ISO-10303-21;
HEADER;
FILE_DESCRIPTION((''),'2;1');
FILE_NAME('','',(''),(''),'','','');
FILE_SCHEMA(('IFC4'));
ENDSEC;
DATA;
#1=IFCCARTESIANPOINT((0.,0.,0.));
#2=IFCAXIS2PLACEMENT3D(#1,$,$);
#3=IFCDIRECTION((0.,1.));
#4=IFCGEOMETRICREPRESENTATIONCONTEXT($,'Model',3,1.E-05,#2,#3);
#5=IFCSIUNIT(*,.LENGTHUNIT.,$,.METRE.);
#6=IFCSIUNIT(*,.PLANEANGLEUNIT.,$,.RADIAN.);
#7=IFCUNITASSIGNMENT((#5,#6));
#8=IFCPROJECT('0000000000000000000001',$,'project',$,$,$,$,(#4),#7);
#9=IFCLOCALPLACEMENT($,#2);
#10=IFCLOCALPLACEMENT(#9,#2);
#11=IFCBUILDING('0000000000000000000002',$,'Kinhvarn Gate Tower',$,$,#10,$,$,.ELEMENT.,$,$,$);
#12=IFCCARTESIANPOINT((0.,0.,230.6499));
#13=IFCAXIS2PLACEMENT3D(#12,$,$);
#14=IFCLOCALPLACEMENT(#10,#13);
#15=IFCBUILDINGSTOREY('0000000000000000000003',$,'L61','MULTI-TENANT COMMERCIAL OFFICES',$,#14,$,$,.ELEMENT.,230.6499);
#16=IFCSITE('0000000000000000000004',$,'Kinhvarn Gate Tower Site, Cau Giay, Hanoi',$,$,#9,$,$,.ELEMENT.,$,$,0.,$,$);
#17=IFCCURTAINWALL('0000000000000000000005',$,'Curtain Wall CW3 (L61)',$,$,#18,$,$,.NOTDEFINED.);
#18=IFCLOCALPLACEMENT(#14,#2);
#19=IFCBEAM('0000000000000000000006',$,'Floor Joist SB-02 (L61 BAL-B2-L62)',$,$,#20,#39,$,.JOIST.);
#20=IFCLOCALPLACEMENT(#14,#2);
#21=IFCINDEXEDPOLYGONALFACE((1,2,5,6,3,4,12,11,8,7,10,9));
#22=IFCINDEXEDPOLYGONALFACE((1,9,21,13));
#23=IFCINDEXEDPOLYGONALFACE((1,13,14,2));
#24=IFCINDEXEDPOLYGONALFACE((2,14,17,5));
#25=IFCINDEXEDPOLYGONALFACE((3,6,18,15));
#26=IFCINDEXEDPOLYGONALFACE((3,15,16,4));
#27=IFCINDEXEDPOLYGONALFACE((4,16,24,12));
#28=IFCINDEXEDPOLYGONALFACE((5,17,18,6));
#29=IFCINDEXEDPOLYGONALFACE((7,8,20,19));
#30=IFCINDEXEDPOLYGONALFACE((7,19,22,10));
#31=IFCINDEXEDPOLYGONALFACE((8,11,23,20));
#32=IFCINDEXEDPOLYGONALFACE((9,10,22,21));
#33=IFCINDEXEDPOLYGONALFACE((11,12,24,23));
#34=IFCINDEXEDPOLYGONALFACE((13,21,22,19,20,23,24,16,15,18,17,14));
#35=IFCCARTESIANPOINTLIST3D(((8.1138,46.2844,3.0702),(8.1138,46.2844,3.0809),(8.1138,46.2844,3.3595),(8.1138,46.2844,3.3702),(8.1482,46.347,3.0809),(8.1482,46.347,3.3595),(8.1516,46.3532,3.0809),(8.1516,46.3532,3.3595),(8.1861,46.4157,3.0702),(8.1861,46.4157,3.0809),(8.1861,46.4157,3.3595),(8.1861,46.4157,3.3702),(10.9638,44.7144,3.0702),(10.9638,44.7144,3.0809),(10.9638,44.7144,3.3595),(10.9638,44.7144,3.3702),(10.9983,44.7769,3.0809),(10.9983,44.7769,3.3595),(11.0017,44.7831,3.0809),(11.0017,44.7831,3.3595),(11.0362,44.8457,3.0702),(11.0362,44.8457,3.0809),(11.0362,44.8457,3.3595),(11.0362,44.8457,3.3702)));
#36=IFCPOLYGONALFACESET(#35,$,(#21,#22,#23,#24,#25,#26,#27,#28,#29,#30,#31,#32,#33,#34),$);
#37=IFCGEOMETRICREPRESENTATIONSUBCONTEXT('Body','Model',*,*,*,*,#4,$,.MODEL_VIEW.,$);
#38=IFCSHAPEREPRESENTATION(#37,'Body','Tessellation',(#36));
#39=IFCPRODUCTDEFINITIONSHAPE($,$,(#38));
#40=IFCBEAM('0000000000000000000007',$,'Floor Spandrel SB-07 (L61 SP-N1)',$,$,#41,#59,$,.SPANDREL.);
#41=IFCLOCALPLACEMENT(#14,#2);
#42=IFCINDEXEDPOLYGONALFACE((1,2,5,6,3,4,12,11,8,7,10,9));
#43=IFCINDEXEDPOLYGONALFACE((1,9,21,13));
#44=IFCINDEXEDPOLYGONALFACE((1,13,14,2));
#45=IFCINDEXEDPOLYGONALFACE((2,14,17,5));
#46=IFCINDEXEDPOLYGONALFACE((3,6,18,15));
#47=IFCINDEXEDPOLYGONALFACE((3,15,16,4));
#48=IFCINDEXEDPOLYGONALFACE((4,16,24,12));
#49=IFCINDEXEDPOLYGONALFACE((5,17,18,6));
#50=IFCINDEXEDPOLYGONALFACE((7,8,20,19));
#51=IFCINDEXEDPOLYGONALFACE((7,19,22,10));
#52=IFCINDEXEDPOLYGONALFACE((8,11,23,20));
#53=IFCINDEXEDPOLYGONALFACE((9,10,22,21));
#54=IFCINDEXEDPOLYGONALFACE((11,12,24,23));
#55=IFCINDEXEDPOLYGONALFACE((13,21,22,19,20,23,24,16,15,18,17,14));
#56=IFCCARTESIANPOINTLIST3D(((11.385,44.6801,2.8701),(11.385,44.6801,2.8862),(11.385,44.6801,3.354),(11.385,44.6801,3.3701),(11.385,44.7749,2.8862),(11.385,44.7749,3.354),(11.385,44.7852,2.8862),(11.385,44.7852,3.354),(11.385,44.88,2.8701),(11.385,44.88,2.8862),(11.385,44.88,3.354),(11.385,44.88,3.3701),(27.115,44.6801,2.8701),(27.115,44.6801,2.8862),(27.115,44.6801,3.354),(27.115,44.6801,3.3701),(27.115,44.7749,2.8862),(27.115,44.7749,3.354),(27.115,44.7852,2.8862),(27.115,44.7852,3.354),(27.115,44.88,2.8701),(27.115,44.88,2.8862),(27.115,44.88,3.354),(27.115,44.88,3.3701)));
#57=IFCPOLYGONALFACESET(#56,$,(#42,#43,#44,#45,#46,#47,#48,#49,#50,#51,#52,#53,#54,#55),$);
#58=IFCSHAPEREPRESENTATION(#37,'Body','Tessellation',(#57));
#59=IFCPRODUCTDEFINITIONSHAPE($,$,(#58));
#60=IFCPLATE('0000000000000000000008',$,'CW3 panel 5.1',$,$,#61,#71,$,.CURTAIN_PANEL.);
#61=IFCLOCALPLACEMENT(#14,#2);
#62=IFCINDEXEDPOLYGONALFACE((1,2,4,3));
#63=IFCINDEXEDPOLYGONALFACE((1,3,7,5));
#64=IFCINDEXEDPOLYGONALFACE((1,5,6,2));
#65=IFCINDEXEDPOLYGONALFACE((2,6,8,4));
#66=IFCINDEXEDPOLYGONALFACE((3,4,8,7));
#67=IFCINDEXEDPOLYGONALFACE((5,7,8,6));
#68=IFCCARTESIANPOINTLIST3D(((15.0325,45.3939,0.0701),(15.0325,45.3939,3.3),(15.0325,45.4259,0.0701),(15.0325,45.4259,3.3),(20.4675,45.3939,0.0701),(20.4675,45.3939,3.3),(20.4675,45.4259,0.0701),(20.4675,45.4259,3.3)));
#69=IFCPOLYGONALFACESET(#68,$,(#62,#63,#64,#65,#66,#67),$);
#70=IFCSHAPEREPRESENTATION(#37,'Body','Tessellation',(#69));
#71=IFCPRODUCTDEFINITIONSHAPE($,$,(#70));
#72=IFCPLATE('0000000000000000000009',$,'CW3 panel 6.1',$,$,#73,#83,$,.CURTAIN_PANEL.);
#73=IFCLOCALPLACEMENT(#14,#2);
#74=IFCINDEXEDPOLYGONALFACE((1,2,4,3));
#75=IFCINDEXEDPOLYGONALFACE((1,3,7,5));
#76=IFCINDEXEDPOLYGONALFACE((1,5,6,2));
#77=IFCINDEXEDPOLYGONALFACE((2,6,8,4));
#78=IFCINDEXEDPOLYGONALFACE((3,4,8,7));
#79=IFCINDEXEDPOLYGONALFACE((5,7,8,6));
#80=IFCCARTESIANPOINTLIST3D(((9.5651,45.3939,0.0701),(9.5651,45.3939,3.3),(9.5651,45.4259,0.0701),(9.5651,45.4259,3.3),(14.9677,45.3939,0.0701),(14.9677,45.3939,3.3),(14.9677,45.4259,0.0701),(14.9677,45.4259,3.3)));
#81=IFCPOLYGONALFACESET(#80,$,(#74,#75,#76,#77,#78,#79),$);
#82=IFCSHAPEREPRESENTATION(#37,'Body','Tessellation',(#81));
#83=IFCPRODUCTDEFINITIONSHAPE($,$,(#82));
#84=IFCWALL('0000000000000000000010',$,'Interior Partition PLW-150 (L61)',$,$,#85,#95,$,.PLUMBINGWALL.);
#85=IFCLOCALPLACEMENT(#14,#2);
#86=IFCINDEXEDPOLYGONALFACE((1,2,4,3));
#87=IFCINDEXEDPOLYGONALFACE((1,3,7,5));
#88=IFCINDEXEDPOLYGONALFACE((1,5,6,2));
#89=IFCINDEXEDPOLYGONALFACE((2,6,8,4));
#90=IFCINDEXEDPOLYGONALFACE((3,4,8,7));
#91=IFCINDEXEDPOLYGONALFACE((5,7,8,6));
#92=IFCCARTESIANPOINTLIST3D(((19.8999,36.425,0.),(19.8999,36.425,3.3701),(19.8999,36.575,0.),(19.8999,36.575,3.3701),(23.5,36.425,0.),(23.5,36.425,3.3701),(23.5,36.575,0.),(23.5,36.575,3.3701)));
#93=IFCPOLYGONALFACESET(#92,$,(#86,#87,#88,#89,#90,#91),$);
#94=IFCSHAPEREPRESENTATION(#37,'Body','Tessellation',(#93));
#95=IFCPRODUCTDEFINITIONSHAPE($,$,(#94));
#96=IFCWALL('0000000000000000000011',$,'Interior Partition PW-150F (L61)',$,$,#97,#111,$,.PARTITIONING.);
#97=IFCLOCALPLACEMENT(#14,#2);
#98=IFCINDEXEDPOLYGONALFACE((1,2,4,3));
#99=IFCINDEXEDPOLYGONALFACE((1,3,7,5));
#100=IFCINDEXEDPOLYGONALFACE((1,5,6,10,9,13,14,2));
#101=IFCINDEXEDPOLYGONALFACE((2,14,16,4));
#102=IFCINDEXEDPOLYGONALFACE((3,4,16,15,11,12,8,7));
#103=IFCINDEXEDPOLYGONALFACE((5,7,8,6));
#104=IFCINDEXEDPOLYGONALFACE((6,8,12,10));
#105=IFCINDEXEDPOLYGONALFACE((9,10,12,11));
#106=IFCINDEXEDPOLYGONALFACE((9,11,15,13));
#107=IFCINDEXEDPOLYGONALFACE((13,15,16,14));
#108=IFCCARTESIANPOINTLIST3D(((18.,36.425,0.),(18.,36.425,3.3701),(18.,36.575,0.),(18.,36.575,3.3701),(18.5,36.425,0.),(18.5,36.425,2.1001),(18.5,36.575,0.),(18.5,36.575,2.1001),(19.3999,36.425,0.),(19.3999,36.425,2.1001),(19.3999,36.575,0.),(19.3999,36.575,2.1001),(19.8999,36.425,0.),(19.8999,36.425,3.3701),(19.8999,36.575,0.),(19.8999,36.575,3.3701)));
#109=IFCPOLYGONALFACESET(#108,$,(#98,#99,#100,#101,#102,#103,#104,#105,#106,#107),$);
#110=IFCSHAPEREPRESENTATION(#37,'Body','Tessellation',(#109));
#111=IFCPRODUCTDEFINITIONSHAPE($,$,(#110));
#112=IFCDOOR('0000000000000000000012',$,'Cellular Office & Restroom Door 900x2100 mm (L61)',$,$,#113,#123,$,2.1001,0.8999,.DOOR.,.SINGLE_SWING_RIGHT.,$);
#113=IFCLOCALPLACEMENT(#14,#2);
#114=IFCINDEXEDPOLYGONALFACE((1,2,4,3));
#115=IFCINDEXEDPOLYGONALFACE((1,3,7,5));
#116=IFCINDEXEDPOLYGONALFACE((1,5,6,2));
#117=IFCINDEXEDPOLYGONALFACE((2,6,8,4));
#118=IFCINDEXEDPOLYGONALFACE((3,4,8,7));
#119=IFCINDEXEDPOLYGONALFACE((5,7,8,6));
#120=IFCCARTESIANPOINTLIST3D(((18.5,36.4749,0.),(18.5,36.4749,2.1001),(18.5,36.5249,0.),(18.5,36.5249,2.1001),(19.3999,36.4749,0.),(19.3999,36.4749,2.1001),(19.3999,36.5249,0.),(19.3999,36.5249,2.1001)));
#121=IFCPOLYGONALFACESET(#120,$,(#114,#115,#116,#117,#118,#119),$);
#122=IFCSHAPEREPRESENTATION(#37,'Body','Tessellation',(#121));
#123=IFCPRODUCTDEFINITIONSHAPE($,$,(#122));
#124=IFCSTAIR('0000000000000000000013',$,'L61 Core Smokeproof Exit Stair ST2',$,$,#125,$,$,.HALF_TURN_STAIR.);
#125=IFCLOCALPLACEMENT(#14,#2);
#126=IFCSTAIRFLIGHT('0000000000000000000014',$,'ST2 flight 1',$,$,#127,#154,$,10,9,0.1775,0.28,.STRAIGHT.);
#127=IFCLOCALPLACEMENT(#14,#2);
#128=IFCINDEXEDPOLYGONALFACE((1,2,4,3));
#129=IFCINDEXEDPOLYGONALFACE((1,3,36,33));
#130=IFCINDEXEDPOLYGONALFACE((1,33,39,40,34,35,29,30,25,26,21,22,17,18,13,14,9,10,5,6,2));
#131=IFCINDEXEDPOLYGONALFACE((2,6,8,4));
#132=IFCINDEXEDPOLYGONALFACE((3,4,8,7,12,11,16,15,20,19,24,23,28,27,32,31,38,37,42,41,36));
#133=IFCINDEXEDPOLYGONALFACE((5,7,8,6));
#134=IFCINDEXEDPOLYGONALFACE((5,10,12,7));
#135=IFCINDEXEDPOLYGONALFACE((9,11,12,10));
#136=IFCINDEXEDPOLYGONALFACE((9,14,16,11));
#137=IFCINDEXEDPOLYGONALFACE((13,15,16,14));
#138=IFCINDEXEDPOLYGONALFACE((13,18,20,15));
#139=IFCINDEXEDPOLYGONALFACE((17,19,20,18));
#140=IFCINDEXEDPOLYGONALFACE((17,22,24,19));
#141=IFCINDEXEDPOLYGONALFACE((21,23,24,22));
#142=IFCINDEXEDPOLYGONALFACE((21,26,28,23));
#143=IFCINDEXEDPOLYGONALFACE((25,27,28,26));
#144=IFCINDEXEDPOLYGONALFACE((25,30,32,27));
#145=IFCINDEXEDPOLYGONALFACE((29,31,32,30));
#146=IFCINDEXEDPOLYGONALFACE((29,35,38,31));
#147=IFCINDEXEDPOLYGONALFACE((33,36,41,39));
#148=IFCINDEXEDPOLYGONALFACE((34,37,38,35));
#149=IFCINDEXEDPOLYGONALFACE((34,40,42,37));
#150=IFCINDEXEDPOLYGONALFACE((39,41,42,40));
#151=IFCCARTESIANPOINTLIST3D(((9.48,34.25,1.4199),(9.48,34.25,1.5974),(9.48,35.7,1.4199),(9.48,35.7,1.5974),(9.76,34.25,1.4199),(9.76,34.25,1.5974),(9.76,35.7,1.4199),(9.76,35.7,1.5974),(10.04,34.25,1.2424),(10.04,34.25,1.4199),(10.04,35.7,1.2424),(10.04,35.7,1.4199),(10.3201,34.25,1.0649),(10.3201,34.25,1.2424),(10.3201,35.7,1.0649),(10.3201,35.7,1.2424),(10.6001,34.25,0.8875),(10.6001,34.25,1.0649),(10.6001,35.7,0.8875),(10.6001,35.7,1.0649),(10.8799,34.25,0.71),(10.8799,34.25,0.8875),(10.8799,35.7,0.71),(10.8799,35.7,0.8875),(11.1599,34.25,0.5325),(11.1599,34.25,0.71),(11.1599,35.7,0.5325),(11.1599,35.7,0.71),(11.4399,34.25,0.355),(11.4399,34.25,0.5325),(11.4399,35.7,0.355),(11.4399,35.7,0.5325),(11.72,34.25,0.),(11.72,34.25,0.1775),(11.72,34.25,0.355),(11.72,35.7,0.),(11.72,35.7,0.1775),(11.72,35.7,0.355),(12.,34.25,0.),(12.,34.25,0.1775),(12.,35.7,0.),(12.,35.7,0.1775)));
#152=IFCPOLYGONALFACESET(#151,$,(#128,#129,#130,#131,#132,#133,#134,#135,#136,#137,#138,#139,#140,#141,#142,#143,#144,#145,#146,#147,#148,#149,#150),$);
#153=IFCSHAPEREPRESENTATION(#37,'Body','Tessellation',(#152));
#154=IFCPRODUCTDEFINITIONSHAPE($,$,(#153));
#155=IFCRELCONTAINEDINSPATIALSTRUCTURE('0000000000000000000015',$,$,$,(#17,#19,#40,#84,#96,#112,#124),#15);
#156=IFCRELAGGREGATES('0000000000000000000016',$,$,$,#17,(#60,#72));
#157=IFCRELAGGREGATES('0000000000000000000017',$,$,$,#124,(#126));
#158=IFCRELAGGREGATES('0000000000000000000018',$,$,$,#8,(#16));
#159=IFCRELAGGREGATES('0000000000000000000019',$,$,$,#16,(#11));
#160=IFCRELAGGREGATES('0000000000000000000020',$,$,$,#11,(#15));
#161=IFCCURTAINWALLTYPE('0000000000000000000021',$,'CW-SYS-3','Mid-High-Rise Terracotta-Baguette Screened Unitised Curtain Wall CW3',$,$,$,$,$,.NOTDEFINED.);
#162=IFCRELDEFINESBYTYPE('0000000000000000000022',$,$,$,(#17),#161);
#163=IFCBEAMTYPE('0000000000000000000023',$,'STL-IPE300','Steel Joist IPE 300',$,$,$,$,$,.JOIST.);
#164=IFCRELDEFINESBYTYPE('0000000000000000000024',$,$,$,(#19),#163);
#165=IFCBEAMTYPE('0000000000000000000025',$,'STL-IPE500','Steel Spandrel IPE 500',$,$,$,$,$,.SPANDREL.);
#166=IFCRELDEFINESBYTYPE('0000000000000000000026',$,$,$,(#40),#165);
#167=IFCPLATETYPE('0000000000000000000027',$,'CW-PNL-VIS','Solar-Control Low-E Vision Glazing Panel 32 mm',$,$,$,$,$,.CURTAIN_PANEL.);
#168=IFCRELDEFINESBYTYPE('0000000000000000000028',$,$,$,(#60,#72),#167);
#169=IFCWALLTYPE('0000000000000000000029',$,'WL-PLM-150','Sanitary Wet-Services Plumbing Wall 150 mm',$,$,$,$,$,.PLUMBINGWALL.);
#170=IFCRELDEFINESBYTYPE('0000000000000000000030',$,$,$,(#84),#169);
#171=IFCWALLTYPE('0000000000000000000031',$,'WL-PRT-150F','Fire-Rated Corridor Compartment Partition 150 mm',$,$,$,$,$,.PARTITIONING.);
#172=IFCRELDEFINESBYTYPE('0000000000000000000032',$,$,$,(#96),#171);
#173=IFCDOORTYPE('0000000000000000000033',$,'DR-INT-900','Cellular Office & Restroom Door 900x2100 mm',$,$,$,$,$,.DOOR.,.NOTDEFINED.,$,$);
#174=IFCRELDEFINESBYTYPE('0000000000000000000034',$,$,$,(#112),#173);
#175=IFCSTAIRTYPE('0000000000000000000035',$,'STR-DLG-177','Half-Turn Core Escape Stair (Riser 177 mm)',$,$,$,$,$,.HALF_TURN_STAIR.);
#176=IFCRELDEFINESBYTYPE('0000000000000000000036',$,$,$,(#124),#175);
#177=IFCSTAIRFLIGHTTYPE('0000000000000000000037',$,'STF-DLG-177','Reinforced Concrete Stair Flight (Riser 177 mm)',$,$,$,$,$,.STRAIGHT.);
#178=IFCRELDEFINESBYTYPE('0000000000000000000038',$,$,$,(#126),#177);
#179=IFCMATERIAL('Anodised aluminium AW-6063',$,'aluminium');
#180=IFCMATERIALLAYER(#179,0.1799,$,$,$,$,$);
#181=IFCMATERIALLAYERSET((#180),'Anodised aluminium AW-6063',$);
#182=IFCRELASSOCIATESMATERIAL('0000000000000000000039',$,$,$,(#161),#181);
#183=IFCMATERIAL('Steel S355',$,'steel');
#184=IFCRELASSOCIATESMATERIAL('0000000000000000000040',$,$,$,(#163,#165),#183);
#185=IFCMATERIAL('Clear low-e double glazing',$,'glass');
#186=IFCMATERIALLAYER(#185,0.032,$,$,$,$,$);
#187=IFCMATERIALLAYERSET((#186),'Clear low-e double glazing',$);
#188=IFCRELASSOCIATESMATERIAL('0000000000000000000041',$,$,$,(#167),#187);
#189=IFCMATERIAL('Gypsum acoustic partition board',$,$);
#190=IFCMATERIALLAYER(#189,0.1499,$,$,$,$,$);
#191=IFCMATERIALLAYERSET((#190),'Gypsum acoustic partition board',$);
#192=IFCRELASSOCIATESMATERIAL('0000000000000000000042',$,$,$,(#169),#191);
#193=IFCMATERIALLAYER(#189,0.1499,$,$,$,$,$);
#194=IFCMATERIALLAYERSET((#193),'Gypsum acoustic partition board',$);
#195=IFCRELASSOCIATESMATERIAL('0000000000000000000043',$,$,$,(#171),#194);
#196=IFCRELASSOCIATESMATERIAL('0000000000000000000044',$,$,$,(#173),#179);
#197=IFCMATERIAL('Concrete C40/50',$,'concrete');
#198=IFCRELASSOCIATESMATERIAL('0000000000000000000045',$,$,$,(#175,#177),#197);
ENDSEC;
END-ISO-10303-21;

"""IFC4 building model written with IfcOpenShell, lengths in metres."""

from ifc_helpers import new_model, si_unit, direction, frame, frame_2d, origin, origin_2d, place, context, subcontext, project, spatial, polyline, rectangle, i_section, outline, extrude, material, layer, layer_set, material_profile, profile_set, type_object, element, fill, aggregate, save


model = new_model("IFC4")

# Units and contexts
model_context = context("Model", 3, precision=1e-05, world=origin(), true_north=direction((0.0, 1.0)))
body_context = subcontext(model_context, "Body", "Model", "MODEL_VIEW")
ifc_project = project(units=[si_unit("LENGTHUNIT", "METRE"), si_unit("PLANEANGLEUNIT", "RADIAN")], contexts=[model_context])

# Site, building, storey
site_placement = place(None, origin())
site = spatial("IfcSite", under=ifc_project, at=site_placement, Name="Kinhvarn Gate Tower Site, Cau Giay, Hanoi", CompositionType="ELEMENT", RefElevation=0.0)
building_placement = place(site_placement, origin())
building = spatial("IfcBuilding", under=site, at=building_placement, Name="Kinhvarn Gate Tower", CompositionType="ELEMENT")
storey_placement = place(building_placement, frame((0.0, 0.0, 230.6499)))
storey = spatial("IfcBuildingStorey", under=building, at=storey_placement, Name="L61", Description="MULTI-TENANT COMMERCIAL OFFICES", CompositionType="ELEMENT", Elevation=230.6499)

# Curtain wall
ifc_material_1 = material(Name="Anodised aluminium AW-6063", Category="aluminium")
ifc_layer_1 = layer(ifc_material_1, 0.1799)
ifc_layer_set_1 = layer_set([ifc_layer_1], Name="Anodised aluminium AW-6063")
curtain_wall_type = type_object("IfcCurtainWallType", Name="CW-SYS-3", Description="Mid-High-Rise Terracotta-Baguette Screened Unitised Curtain Wall CW3", PredefinedType="NOTDEFINED", material=ifc_layer_set_1)
curtain_wall_placement = place(storey_placement, origin())
curtain_wall = element("IfcCurtainWall", 1, at=curtain_wall_placement, inside=storey, type_object=curtain_wall_type, Name="Curtain Wall CW3 (L61)", PredefinedType="NOTDEFINED")

# Beams
ifc_material_2 = material(Name="Steel S355", Category="steel")
ifc_material_profile_1 = material_profile(ifc_material_2, i_section(OverallWidth=0.1499, OverallDepth=0.3, WebThickness=0.0071, FlangeThickness=0.0107, at=origin_2d()), Name="IPE 300")
ifc_profile_set_1 = profile_set([ifc_material_profile_1], Name="Steel S355")
beam_type_1 = type_object("IfcBeamType", Name="STL-IPE300", Description="Steel Joist IPE 300", PredefinedType="JOIST", material=ifc_profile_set_1)
beam_1_placement = place(storey_placement, frame((11.0, 44.78, 3.2202), z_axis=(-0.875889, 0.482512, 0.0), x_axis=(-0.482512, -0.875889, 0.0)))
element("IfcBeam", 2, at=beam_1_placement, inside=storey, type_object=beam_type_1, Name="Floor Joist SB-02 (L61 BAL-B2-L62)", PredefinedType="JOIST", context=body_context, shape_type="SweptSolid", body=[
    extrude(i_section(OverallWidth=0.1499, OverallDepth=0.3, WebThickness=0.0071, FlangeThickness=0.0107, at=origin_2d()), origin(), (0.0, 0.0, 1.0), 3.2539),
])
ifc_material_profile_2 = material_profile(ifc_material_2, i_section(OverallWidth=0.2, OverallDepth=0.5, WebThickness=0.0103, FlangeThickness=0.0161, at=origin_2d()), Name="IPE 500")
ifc_profile_set_2 = profile_set([ifc_material_profile_2], Name="Steel S355")
beam_type_2 = type_object("IfcBeamType", Name="STL-IPE500", Description="Steel Spandrel IPE 500", PredefinedType="SPANDREL", material=ifc_profile_set_2)
beam_2_placement = place(storey_placement, frame((11.385, 44.78, 3.1201), z_axis=(1.0, 0.0, 0.0), x_axis=(0.0, 1.0, 0.0)))
element("IfcBeam", 3, at=beam_2_placement, inside=storey, type_object=beam_type_2, Name="Floor Spandrel SB-07 (L61 SP-N1)", PredefinedType="SPANDREL", context=body_context, shape_type="SweptSolid", body=[
    extrude(i_section(OverallWidth=0.2, OverallDepth=0.5, WebThickness=0.0103, FlangeThickness=0.0161, at=origin_2d()), origin(), (0.0, 0.0, 1.0), 15.73),
])

# Plates
ifc_material_3 = material(Name="Clear low-e double glazing", Category="glass")
ifc_layer_2 = layer(ifc_material_3, 0.032)
ifc_layer_set_2 = layer_set([ifc_layer_2], Name="Clear low-e double glazing")
plate_type = type_object("IfcPlateType", Name="CW-PNL-VIS", Description="Solar-Control Low-E Vision Glazing Panel 32 mm", PredefinedType="CURTAIN_PANEL", material=ifc_layer_set_2)
plate_1_placement = place(storey_placement, frame((17.75, 45.4099, 0.0701), z_axis=(0.0, 0.0, 1.0), x_axis=(-1.0, 0.0, 0.0)))
plate_1 = element("IfcPlate", 4, at=plate_1_placement, type_object=plate_type, Name="CW3 panel 5.1", PredefinedType="CURTAIN_PANEL", context=body_context, shape_type="SweptSolid", body=[
    extrude(rectangle(XDim=5.4351, YDim=0.032, at=origin_2d()), origin(), (0.0, 0.0, 1.0), 3.23),
])
plate_2_placement = place(storey_placement, frame((12.2664, 45.4099, 0.0701), z_axis=(0.0, 0.0, 1.0), x_axis=(-1.0, 0.0, 0.0)))
plate_2 = element("IfcPlate", 5, at=plate_2_placement, type_object=plate_type, Name="CW3 panel 6.1", PredefinedType="CURTAIN_PANEL", context=body_context, shape_type="SweptSolid", body=[
    extrude(rectangle(XDim=5.4026, YDim=0.032, at=origin_2d()), origin(), (0.0, 0.0, 1.0), 3.23),
])
aggregate(curtain_wall, [plate_1, plate_2])

# Wall
ifc_material_4 = material(Name="Gypsum acoustic partition board")
ifc_layer_3 = layer(ifc_material_4, 0.1499)
ifc_layer_set_3 = layer_set([ifc_layer_3], Name="Gypsum acoustic partition board")
wall_type_1 = type_object("IfcWallType", Name="WL-PLM-150", Description="Sanitary Wet-Services Plumbing Wall 150 mm", PredefinedType="PLUMBINGWALL", material=ifc_layer_set_3)
wall_1_placement = place(storey_placement, frame((19.8999, 36.5, 0.0), z_axis=(0.0, 0.0, 1.0), x_axis=(1.0, 0.0, 0.0)))
element("IfcWall", 6, at=wall_1_placement, inside=storey, type_object=wall_type_1, Name="Interior Partition PLW-150 (L61)", PredefinedType="PLUMBINGWALL", context=body_context, shape_type="SweptSolid", body=[
    extrude(rectangle(XDim=3.6001, YDim=0.1499, at=frame_2d((1.8, 0.0))), origin(), (0.0, 0.0, 1.0), 3.3701),
])

# Wall, opening, door
ifc_layer_4 = layer(ifc_material_4, 0.1499)
ifc_layer_set_4 = layer_set([ifc_layer_4], Name="Gypsum acoustic partition board")
wall_type_2 = type_object("IfcWallType", Name="WL-PRT-150F", Description="Fire-Rated Corridor Compartment Partition 150 mm", PredefinedType="PARTITIONING", material=ifc_layer_set_4)
wall_2_placement = place(storey_placement, frame((18.0, 36.5, 0.0), z_axis=(0.0, 0.0, 1.0), x_axis=(1.0, 0.0, 0.0)))
wall_2 = element("IfcWall", 7, at=wall_2_placement, inside=storey, type_object=wall_type_2, Name="Interior Partition PW-150F (L61)", PredefinedType="PARTITIONING", context=body_context, shape_type="SweptSolid", body=[
    extrude(rectangle(XDim=1.8999, YDim=0.1499, at=frame_2d((0.95, 0.0))), origin(), (0.0, 0.0, 1.0), 3.3701),
])
opening_placement = place(wall_2_placement, frame((0.5, 0.0, 0.0)))
opening = element("IfcOpeningElement", 8, at=opening_placement, cuts=wall_2, PredefinedType="OPENING", context=body_context, shape_type="SweptSolid", body=[
    extrude(rectangle(XDim=0.8999, YDim=2.1001, at=frame_2d((0.45, 1.05))), frame((0.0, 0.085, 0.0), z_axis=(0.0, -1.0, 0.0), x_axis=(1.0, 0.0, 0.0)), (0.0, 0.0, 1.0), 0.1699),
])
door_type = type_object("IfcDoorType", Name="DR-INT-900", Description="Cellular Office & Restroom Door 900x2100 mm", OperationType="NOTDEFINED", PredefinedType="DOOR", material=ifc_material_1)
door_placement = place(opening_placement, origin())
door = element("IfcDoor", 9, at=door_placement, inside=storey, type_object=door_type, Name="Cellular Office & Restroom Door 900x2100 mm (L61)", OperationType="SINGLE_SWING_RIGHT", OverallHeight=2.1001, OverallWidth=0.8999, PredefinedType="DOOR", context=body_context, shape_type="SweptSolid", body=[
    extrude(rectangle(XDim=0.8999, YDim=2.1001, at=frame_2d((0.45, 1.05))), frame((0.0, 0.0249, 0.0), z_axis=(0.0, -1.0, 0.0), x_axis=(1.0, 0.0, 0.0)), (0.0, 0.0, 1.0), 0.05),
])
fill(opening, door)

# Stair, stair flight
ifc_material_5 = material(Name="Concrete C40/50", Category="concrete")
stair_type = type_object("IfcStairType", Name="STR-DLG-177", Description="Half-Turn Core Escape Stair (Riser 177 mm)", PredefinedType="HALF_TURN_STAIR", material=ifc_material_5)
stair_placement = place(storey_placement, origin())
stair = element("IfcStair", 10, at=stair_placement, inside=storey, type_object=stair_type, Name="L61 Core Smokeproof Exit Stair ST2", PredefinedType="HALF_TURN_STAIR")
stair_flight_type = type_object("IfcStairFlightType", Name="STF-DLG-177", Description="Reinforced Concrete Stair Flight (Riser 177 mm)", PredefinedType="STRAIGHT", material=ifc_material_5)
stair_flight_placement = place(storey_placement, frame((12.0, 34.9751, 0.0), z_axis=(0.0, 0.0, 1.0), x_axis=(-1.0, 0.0, 0.0)))
stair_flight = element("IfcStairFlight", 11, at=stair_flight_placement, type_object=stair_flight_type, Name="ST2 flight 1", NumberOfRisers=10, NumberOfTreads=9, PredefinedType="STRAIGHT", RiserHeight=0.1775, TreadLength=0.28, context=body_context, shape_type="SweptSolid", body=[
    extrude(outline(polyline([(0.0, 0.0), (0.0, 0.1775), (0.28, 0.1775), (0.28, 0.355), (0.5601, 0.355), (0.5601, 0.5325), (0.8401, 0.5325), (0.8401, 0.71), (1.1201, 0.71), (1.1201, 0.8875), (1.3999, 0.8875), (1.3999, 1.0649), (1.6799, 1.0649), (1.6799, 1.2424), (1.96, 1.2424), (1.96, 1.4199), (2.24, 1.4199), (2.24, 1.5974), (2.52, 1.5974), (2.52, 1.7749), (2.52, 1.4199), (0.28, 0.0), (0.0, 0.0)])), frame((0.0, 0.7251, 0.0), z_axis=(0.0, -1.0, 0.0), x_axis=(1.0, 0.0, 0.0)), (0.0, 0.0, 1.0), 1.45),
])
aggregate(stair, [stair_flight])

save(model, "model.ifc")
